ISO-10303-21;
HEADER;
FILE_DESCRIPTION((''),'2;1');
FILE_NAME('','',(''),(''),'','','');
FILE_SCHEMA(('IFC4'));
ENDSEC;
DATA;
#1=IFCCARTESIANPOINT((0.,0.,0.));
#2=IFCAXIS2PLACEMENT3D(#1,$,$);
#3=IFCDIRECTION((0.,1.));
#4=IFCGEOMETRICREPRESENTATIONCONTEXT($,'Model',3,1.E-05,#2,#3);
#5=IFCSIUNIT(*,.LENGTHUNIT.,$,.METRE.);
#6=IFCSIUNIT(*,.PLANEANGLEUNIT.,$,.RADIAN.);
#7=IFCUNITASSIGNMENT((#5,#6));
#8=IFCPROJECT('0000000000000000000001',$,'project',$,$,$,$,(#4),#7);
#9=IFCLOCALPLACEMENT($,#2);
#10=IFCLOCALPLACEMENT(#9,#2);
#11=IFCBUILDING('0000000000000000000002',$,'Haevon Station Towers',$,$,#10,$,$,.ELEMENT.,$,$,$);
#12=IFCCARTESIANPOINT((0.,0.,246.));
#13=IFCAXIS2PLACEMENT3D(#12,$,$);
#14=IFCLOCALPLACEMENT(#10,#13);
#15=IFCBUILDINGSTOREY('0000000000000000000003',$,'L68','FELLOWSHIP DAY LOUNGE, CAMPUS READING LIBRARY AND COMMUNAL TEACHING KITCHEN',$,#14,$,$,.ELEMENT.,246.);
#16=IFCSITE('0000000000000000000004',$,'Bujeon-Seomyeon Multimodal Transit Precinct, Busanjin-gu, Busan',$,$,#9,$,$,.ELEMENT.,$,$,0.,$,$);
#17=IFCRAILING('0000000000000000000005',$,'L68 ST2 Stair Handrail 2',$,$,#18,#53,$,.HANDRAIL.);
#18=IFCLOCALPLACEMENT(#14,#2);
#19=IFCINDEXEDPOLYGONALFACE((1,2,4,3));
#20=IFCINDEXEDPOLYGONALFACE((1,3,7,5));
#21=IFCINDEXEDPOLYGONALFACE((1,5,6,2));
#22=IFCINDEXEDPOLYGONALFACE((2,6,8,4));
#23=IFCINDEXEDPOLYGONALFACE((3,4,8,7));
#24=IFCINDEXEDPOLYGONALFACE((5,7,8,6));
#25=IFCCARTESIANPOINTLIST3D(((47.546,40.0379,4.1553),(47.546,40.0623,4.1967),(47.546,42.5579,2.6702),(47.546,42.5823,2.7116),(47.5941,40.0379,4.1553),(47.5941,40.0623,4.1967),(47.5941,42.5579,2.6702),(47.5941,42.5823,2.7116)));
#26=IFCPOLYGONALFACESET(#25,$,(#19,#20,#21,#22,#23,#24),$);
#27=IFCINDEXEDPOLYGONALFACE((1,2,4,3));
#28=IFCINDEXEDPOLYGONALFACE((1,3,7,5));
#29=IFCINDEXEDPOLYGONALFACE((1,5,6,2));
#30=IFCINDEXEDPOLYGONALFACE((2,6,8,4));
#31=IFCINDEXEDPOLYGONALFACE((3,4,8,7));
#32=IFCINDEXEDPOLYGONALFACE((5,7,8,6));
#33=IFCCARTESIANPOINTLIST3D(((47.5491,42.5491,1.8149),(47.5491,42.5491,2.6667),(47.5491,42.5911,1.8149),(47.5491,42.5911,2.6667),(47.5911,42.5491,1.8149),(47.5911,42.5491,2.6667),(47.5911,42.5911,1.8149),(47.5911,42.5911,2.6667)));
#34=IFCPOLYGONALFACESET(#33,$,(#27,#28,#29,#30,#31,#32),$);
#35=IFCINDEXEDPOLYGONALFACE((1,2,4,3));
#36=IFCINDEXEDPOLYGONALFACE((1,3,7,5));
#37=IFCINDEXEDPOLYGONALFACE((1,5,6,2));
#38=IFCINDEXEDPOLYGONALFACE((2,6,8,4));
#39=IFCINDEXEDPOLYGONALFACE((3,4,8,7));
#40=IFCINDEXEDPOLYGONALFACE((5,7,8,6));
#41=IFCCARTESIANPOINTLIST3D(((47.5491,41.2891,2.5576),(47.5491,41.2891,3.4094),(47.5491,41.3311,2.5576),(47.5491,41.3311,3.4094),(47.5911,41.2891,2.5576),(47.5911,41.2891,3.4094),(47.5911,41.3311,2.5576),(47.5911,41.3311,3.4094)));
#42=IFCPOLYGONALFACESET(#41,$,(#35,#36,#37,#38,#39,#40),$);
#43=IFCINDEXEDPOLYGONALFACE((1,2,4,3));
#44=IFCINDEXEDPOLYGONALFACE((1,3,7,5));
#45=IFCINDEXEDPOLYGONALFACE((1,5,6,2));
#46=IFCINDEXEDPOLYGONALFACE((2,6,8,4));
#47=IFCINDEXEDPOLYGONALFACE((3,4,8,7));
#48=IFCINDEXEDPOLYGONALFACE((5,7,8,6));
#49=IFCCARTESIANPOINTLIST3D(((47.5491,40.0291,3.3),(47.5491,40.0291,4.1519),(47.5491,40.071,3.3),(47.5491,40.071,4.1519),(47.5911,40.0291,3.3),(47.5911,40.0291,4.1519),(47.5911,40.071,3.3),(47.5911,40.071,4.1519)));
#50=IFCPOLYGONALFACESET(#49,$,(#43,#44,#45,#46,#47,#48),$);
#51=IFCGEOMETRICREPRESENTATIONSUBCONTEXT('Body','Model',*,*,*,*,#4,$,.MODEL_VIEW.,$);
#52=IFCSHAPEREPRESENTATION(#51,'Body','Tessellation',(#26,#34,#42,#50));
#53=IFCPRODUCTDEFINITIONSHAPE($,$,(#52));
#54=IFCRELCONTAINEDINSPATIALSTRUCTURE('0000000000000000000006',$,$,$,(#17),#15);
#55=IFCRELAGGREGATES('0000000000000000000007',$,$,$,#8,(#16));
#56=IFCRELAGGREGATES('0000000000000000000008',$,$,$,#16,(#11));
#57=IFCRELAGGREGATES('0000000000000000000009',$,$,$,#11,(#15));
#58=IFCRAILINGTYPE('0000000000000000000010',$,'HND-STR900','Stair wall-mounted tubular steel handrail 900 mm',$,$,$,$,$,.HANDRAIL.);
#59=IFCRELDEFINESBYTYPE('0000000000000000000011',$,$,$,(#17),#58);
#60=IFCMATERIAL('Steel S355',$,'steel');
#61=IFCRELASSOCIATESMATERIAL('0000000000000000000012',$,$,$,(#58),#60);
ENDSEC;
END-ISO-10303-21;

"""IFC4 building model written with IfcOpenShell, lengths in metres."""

from ifc_helpers import new_model, si_unit, direction, frame, origin, origin_2d, place, context, subcontext, project, spatial, rectangle, extrude, material, type_object, element, save


model = new_model("IFC4")

# Units and contexts
model_context = context("Model", 3, precision=1e-05, world=origin(), true_north=direction((0.0, 1.0)))
body_context = subcontext(model_context, "Body", "Model", "MODEL_VIEW")
ifc_project = project(units=[si_unit("LENGTHUNIT", "METRE"), si_unit("PLANEANGLEUNIT", "RADIAN")], contexts=[model_context])

# Site, building, storey
site_placement = place(None, origin())
site = spatial("IfcSite", under=ifc_project, at=site_placement, Name="Bujeon-Seomyeon Multimodal Transit Precinct, Busanjin-gu, Busan", CompositionType="ELEMENT", RefElevation=0.0)
building_placement = place(site_placement, origin())
building = spatial("IfcBuilding", under=site, at=building_placement, Name="Haevon Station Towers", CompositionType="ELEMENT")
storey_placement = place(building_placement, frame((0.0, 0.0, 246.0)))
storey = spatial("IfcBuildingStorey", under=building, at=storey_placement, Name="L68", Description="FELLOWSHIP DAY LOUNGE, CAMPUS READING LIBRARY AND COMMUNAL TEACHING KITCHEN", CompositionType="ELEMENT", Elevation=246.0)

# Shared definitions
ifc_material_1 = material(Name="Steel S355", Category="steel")

# Railing
railing_type_1 = type_object("IfcRailingType", Name="HND-STR900", Description="Stair wall-mounted tubular steel handrail 900 mm", PredefinedType="HANDRAIL", material=ifc_material_1)
railing_1_placement = place(storey_placement, frame((47.5701, 42.5701, 1.8149)))
element("IfcRailing", 1, at=railing_1_placement, inside=storey, type_object=railing_type_1, Name="L68 ST2 Stair Handrail 2", PredefinedType="HANDRAIL", context=body_context, shape_type="SweptSolid", body=[
    extrude(rectangle(XDim=0.0481, YDim=0.0481, at=origin_2d()), frame((0.0, 0.0, 0.876), z_axis=(0.0, -0.861524, 0.507717), x_axis=(1.0, 0.0, 0.0)), (0.0, 0.0, 1.0), 2.925),
    extrude(rectangle(XDim=0.042, YDim=0.042, at=origin_2d()), origin(), (0.0, 0.0, 1.0), 0.8518),
    extrude(rectangle(XDim=0.042, YDim=0.042, at=origin_2d()), frame((0.0, -1.26, 0.7427)), (0.0, 0.0, 1.0), 0.8518),
    extrude(rectangle(XDim=0.042, YDim=0.042, at=origin_2d()), frame((0.0, -2.52, 1.4851)), (0.0, 0.0, 1.0), 0.8518),
])

save(model, "model.ifc")
